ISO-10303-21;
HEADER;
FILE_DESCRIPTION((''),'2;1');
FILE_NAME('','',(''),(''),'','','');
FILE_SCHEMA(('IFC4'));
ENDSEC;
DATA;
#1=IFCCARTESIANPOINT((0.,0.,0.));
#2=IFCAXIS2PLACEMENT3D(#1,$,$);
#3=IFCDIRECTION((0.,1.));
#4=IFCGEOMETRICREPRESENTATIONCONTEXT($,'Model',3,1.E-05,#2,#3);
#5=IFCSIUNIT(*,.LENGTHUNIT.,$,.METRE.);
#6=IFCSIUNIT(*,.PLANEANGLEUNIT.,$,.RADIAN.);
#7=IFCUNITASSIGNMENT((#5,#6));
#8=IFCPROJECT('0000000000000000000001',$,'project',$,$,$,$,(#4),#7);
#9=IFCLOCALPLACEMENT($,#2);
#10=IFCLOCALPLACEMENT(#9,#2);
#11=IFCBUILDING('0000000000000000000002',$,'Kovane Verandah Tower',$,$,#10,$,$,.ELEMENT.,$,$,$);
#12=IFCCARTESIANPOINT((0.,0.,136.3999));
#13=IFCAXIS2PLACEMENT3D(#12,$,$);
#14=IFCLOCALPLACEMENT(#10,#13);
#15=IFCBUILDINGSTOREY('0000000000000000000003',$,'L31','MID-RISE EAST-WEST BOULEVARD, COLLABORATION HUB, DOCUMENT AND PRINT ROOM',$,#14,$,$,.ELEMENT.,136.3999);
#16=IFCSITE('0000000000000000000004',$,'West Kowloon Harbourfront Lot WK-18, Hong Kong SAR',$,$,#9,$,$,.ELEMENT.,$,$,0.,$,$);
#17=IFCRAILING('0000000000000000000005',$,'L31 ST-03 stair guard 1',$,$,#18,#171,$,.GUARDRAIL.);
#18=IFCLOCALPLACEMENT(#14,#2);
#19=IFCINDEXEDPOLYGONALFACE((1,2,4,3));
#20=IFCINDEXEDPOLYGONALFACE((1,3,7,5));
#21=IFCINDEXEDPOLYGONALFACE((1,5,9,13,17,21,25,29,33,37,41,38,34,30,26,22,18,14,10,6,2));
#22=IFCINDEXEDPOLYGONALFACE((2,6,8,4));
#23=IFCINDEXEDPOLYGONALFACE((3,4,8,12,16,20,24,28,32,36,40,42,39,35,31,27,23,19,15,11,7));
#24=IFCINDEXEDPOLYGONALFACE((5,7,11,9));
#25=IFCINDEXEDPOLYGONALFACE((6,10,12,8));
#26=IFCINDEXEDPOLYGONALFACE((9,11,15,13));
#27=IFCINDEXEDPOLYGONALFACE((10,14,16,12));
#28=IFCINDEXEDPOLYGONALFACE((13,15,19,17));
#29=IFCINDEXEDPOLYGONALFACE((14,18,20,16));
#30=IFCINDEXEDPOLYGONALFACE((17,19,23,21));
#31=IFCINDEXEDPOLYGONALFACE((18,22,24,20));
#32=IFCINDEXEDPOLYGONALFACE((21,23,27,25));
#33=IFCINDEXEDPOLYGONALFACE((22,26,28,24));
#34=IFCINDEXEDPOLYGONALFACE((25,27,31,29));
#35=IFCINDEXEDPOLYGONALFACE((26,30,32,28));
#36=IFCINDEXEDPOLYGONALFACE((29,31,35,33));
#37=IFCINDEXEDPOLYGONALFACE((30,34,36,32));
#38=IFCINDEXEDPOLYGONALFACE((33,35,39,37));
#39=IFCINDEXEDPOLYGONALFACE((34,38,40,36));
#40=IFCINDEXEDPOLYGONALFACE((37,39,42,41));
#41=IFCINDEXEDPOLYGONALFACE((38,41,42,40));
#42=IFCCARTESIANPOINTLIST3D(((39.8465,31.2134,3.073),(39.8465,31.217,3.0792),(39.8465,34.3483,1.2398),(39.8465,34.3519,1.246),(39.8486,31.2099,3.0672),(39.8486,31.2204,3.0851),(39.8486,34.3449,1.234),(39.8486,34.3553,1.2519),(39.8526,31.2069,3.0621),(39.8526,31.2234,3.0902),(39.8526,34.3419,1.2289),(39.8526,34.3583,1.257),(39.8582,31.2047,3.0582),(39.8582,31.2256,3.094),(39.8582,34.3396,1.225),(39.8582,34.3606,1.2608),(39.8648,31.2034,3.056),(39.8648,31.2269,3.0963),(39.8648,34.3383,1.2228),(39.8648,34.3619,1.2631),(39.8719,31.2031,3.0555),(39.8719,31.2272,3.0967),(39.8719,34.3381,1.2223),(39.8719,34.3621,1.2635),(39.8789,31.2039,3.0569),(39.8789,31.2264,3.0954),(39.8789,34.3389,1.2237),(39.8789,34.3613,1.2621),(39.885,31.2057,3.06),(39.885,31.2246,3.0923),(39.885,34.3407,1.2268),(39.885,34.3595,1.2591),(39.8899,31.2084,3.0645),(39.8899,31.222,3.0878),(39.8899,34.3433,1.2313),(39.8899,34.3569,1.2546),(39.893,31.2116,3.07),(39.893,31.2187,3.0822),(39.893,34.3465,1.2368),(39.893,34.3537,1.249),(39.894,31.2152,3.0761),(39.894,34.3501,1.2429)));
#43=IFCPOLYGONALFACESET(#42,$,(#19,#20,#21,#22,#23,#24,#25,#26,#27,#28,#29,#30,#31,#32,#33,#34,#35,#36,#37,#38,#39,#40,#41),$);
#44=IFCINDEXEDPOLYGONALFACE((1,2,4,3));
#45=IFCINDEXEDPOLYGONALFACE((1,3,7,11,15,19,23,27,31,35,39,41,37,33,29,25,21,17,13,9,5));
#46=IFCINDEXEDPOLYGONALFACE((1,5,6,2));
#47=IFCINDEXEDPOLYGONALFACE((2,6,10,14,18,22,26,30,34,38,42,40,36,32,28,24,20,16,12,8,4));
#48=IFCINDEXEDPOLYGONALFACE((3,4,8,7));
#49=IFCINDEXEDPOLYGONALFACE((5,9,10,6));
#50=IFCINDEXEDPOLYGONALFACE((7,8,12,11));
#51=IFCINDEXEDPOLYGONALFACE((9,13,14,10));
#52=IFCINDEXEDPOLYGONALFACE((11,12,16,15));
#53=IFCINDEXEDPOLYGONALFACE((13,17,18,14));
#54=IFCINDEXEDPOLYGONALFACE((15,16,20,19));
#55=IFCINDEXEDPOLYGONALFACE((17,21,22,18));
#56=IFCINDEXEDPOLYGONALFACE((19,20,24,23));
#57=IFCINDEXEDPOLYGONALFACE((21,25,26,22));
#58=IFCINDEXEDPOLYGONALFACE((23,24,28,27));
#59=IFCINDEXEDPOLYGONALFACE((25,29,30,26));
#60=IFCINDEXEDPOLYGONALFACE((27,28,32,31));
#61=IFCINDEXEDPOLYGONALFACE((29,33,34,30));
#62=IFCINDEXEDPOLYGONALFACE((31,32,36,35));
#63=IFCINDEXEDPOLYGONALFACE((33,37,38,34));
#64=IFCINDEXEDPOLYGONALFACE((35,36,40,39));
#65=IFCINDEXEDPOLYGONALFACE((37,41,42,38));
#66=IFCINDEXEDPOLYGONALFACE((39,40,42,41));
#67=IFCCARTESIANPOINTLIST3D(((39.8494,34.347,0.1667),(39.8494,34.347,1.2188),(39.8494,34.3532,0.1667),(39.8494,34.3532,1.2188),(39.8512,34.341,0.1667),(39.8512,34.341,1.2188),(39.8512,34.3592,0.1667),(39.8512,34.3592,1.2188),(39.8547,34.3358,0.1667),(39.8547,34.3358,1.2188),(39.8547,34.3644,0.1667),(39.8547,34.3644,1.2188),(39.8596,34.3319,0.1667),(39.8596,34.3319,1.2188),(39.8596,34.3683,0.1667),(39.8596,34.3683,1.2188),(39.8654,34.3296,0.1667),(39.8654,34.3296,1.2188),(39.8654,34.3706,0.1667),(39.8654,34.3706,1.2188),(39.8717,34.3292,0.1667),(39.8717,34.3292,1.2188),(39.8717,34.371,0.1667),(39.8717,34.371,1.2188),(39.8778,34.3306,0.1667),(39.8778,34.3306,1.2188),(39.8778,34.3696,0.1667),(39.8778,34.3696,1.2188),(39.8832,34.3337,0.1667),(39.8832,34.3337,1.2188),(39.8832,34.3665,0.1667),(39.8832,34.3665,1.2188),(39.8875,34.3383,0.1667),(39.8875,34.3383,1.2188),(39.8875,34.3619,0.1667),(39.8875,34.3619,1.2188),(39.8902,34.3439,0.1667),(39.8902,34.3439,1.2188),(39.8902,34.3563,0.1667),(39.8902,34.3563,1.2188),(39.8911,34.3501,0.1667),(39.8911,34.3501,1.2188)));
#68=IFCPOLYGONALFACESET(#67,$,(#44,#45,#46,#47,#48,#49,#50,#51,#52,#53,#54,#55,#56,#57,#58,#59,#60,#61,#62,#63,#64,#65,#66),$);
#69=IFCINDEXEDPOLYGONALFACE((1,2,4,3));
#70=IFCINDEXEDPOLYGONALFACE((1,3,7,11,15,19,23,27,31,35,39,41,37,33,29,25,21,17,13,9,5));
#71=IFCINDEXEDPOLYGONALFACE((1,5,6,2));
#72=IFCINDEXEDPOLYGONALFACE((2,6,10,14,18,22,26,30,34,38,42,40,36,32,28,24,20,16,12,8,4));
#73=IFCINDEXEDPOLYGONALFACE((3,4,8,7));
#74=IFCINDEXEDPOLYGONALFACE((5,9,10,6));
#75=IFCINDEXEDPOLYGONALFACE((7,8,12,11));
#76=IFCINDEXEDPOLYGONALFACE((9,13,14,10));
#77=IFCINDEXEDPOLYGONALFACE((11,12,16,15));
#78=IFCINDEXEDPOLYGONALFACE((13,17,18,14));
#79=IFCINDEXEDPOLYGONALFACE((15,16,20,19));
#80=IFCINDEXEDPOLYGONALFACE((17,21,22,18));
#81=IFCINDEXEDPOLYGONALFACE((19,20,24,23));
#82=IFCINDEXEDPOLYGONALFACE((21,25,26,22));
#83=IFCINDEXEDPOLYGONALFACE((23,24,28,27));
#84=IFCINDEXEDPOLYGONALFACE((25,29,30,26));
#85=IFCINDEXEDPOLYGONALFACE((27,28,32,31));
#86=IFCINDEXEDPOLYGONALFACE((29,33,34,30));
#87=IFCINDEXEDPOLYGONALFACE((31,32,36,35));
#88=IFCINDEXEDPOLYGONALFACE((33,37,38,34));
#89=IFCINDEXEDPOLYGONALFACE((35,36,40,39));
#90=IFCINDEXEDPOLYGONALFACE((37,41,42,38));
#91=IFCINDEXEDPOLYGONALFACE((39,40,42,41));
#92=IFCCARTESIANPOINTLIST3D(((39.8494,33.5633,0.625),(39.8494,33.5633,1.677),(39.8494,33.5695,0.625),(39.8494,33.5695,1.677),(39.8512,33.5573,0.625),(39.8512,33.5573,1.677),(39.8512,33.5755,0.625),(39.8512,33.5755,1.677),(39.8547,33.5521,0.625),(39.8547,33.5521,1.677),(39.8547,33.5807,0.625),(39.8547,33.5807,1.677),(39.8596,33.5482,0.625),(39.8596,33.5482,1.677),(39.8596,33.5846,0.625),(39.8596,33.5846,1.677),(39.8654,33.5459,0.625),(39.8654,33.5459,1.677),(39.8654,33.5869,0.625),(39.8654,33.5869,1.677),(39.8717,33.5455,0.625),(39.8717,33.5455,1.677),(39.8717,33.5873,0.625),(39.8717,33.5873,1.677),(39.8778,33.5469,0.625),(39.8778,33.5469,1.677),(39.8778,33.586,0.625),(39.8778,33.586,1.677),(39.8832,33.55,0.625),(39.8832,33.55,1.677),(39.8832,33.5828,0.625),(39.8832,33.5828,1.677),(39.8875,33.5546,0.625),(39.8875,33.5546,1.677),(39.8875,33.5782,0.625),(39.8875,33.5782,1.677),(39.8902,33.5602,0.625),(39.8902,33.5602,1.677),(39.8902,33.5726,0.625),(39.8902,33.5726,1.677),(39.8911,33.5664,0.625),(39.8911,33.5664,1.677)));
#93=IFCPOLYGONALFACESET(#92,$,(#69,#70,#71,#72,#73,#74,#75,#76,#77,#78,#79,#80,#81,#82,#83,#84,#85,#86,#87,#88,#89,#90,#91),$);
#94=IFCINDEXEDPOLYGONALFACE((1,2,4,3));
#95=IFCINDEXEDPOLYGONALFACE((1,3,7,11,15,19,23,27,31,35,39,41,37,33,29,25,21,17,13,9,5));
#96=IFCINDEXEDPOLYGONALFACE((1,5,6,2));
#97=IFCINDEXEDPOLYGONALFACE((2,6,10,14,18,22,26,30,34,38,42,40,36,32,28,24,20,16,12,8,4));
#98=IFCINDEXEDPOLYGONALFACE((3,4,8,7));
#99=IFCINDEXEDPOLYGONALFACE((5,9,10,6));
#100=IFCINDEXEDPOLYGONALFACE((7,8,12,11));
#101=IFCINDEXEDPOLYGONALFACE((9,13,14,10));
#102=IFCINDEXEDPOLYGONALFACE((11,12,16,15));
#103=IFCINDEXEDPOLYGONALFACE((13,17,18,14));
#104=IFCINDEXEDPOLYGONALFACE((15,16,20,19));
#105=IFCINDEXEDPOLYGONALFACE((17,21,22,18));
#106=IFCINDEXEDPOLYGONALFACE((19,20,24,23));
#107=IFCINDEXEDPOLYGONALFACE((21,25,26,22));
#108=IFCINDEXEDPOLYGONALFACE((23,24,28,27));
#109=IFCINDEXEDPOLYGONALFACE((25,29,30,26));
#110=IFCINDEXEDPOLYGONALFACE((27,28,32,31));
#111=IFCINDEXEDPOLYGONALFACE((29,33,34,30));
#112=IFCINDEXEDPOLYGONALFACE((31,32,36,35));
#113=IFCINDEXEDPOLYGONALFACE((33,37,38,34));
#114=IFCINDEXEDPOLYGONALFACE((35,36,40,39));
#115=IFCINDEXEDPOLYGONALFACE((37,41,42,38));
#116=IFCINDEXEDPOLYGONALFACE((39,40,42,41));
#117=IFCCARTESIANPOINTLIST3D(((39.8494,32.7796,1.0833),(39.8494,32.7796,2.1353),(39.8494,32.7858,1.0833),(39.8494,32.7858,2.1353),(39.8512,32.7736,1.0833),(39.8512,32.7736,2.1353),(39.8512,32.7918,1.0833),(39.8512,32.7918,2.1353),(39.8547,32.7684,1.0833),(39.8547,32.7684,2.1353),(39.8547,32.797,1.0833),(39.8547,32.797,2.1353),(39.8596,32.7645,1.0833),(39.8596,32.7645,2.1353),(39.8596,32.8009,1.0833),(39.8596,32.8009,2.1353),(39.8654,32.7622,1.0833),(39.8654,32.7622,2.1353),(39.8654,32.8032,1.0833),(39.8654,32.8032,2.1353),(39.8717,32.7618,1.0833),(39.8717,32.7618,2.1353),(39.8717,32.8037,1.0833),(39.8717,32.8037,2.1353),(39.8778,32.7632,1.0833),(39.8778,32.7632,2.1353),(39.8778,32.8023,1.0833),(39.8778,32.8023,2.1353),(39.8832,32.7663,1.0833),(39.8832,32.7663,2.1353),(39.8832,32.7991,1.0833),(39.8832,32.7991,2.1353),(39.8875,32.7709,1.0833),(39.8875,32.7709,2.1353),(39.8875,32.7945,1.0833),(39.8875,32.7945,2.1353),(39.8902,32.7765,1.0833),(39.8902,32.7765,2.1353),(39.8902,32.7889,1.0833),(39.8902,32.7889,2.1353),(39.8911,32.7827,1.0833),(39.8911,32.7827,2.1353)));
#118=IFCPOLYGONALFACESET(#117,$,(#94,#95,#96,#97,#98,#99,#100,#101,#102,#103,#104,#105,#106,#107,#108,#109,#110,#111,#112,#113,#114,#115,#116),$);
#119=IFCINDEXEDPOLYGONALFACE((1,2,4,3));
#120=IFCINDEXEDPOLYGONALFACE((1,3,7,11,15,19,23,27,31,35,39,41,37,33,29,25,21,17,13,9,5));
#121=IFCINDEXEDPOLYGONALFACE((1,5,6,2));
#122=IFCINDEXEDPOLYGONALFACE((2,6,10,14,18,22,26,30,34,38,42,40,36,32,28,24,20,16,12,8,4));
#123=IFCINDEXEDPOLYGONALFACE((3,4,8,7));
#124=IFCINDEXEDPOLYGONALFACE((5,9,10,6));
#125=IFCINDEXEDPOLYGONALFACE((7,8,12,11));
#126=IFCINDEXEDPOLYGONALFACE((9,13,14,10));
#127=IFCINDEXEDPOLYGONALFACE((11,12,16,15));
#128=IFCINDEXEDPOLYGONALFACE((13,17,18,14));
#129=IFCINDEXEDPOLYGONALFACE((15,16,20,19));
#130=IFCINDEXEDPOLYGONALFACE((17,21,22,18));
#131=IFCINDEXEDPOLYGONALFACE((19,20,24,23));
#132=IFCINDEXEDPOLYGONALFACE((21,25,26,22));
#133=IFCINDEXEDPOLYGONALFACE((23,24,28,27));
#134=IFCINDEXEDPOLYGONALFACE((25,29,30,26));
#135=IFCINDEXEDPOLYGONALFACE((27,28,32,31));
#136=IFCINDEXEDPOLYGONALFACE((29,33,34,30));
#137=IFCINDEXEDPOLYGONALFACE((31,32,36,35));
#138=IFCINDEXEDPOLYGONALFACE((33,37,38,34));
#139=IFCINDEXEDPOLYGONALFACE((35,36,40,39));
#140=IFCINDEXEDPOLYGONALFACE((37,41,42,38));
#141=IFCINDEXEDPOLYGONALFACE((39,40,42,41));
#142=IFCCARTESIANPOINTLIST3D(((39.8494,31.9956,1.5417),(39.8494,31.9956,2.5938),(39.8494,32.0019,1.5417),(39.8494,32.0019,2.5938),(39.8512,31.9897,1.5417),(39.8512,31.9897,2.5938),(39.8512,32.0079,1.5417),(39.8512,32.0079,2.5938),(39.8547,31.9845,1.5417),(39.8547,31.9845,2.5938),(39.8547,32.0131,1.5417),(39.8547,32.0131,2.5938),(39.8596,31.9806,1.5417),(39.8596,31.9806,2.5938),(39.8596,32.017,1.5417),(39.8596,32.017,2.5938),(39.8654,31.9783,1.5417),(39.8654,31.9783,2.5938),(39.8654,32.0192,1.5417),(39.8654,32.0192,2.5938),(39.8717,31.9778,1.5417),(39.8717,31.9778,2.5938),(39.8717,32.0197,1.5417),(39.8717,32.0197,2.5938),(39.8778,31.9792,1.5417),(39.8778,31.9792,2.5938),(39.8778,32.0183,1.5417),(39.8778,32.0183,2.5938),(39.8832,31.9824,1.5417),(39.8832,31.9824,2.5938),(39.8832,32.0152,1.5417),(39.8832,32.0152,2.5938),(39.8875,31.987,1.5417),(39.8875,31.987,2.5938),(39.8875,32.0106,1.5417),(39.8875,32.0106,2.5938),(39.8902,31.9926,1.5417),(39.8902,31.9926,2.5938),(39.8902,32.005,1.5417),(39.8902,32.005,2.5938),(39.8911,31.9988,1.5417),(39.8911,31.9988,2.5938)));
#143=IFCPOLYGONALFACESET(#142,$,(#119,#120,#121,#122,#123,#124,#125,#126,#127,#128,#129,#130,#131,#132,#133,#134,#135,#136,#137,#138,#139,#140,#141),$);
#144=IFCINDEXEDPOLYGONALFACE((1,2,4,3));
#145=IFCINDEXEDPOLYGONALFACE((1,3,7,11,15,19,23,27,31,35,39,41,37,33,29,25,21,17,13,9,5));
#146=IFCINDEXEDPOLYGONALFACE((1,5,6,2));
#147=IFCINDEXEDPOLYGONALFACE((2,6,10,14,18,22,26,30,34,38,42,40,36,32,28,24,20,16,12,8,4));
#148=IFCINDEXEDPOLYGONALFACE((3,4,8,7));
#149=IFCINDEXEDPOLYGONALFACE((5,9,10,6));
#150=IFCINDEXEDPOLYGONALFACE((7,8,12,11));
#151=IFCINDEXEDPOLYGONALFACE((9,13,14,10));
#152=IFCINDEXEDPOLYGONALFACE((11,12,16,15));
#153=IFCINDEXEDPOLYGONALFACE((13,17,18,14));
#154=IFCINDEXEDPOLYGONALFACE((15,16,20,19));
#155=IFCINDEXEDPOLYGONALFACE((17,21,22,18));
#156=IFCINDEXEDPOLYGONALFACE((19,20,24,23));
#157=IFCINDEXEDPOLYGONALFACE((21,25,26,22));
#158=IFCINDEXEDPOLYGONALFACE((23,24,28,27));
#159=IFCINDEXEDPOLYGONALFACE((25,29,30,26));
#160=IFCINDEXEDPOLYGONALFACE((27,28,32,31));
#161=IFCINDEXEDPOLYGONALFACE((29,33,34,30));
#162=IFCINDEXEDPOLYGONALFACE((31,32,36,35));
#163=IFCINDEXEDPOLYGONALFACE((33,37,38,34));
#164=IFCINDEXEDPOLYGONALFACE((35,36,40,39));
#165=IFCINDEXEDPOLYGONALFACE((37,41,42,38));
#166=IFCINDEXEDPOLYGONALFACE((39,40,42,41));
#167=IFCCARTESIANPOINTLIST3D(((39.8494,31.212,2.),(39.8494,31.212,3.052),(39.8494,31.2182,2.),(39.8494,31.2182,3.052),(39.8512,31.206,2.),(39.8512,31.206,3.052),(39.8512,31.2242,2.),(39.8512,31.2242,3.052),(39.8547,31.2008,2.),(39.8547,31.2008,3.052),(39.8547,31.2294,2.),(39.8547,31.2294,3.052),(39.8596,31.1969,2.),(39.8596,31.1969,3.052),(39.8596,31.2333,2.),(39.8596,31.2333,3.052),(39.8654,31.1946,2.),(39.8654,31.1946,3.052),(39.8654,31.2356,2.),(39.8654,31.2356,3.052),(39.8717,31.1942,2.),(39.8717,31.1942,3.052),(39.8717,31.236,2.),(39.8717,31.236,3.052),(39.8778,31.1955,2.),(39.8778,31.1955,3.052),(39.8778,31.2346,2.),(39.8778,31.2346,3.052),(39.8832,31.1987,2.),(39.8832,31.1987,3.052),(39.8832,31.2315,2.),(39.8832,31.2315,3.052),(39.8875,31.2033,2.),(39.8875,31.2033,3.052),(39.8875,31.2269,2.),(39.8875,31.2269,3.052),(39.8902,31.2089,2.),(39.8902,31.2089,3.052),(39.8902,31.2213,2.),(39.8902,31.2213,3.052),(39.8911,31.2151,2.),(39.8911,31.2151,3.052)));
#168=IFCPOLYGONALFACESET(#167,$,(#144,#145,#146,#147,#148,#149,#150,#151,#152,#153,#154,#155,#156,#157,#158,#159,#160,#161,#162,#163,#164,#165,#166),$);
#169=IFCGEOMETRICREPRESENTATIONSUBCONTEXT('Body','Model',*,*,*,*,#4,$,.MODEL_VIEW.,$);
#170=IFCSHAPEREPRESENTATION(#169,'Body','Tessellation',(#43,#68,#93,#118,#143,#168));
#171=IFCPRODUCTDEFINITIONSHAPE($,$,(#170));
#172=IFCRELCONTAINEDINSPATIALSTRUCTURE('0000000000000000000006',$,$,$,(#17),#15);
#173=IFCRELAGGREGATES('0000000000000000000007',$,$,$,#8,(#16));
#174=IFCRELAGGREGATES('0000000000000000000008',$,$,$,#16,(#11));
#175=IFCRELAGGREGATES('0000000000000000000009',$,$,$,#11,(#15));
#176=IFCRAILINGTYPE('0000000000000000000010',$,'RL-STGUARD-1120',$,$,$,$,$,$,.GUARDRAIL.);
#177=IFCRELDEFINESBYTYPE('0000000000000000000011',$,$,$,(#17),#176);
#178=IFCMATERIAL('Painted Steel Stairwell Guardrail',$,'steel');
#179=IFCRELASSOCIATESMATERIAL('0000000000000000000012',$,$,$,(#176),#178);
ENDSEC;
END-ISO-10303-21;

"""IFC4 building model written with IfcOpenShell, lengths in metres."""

from ifc_helpers import new_model, si_unit, direction, frame, origin, origin_2d, place, context, subcontext, project, spatial, circle, extrude, material, type_object, element, save


model = new_model("IFC4")

# Units and contexts
model_context = context("Model", 3, precision=1e-05, world=origin(), true_north=direction((0.0, 1.0)))
body_context = subcontext(model_context, "Body", "Model", "MODEL_VIEW")
ifc_project = project(units=[si_unit("LENGTHUNIT", "METRE"), si_unit("PLANEANGLEUNIT", "RADIAN")], contexts=[model_context])

# Site, building, storey
site_placement = place(None, origin())
site = spatial("IfcSite", under=ifc_project, at=site_placement, Name="West Kowloon Harbourfront Lot WK-18, Hong Kong SAR", CompositionType="ELEMENT", RefElevation=0.0)
building_placement = place(site_placement, origin())
building = spatial("IfcBuilding", under=site, at=building_placement, Name="Kovane Verandah Tower", CompositionType="ELEMENT")
storey_placement = place(building_placement, frame((0.0, 0.0, 136.3999)))
storey = spatial("IfcBuildingStorey", under=building, at=storey_placement, Name="L31", Description="MID-RISE EAST-WEST BOULEVARD, COLLABORATION HUB, DOCUMENT AND PRINT ROOM", CompositionType="ELEMENT", Elevation=136.3999)

# Railing
ifc_material_1 = material(Name="Painted Steel Stairwell Guardrail", Category="steel")
railing_type_1 = type_object("IfcRailingType", Name="RL-STGUARD-1120", PredefinedType="GUARDRAIL", material=ifc_material_1)
railing_1_placement = place(storey_placement, frame((39.8701, 34.3501, 0.1667)))
element("IfcRailing", 1, at=railing_1_placement, inside=storey, type_object=railing_type_1, Name="L31 ST-03 stair guard 1", PredefinedType="GUARDRAIL", context=body_context, shape_type="SweptSolid", body=[
    extrude(circle(Radius=0.0239, at=origin_2d()), frame((0.0, 0.0, 1.0762), z_axis=(0.0, -0.86324, 0.504794), x_axis=(1.0, 0.0, 0.0)), (0.0, 0.0, 1.0), 3.6316),
    extrude(circle(Radius=0.021, at=origin_2d()), origin(), (0.0, 0.0, 1.0), 1.052),
    extrude(circle(Radius=0.021, at=origin_2d()), frame((0.0, -0.7837, 0.4583)), (0.0, 0.0, 1.0), 1.052),
    extrude(circle(Radius=0.021, at=origin_2d()), frame((0.0, -1.5674, 0.9165)), (0.0, 0.0, 1.0), 1.052),
    extrude(circle(Radius=0.021, at=origin_2d()), frame((0.0, -2.3513, 1.375)), (0.0, 0.0, 1.0), 1.052),
    extrude(circle(Radius=0.021, at=origin_2d()), frame((0.0, -3.135, 1.8333)), (0.0, 0.0, 1.0), 1.052),
])

save(model, "model.ifc")
